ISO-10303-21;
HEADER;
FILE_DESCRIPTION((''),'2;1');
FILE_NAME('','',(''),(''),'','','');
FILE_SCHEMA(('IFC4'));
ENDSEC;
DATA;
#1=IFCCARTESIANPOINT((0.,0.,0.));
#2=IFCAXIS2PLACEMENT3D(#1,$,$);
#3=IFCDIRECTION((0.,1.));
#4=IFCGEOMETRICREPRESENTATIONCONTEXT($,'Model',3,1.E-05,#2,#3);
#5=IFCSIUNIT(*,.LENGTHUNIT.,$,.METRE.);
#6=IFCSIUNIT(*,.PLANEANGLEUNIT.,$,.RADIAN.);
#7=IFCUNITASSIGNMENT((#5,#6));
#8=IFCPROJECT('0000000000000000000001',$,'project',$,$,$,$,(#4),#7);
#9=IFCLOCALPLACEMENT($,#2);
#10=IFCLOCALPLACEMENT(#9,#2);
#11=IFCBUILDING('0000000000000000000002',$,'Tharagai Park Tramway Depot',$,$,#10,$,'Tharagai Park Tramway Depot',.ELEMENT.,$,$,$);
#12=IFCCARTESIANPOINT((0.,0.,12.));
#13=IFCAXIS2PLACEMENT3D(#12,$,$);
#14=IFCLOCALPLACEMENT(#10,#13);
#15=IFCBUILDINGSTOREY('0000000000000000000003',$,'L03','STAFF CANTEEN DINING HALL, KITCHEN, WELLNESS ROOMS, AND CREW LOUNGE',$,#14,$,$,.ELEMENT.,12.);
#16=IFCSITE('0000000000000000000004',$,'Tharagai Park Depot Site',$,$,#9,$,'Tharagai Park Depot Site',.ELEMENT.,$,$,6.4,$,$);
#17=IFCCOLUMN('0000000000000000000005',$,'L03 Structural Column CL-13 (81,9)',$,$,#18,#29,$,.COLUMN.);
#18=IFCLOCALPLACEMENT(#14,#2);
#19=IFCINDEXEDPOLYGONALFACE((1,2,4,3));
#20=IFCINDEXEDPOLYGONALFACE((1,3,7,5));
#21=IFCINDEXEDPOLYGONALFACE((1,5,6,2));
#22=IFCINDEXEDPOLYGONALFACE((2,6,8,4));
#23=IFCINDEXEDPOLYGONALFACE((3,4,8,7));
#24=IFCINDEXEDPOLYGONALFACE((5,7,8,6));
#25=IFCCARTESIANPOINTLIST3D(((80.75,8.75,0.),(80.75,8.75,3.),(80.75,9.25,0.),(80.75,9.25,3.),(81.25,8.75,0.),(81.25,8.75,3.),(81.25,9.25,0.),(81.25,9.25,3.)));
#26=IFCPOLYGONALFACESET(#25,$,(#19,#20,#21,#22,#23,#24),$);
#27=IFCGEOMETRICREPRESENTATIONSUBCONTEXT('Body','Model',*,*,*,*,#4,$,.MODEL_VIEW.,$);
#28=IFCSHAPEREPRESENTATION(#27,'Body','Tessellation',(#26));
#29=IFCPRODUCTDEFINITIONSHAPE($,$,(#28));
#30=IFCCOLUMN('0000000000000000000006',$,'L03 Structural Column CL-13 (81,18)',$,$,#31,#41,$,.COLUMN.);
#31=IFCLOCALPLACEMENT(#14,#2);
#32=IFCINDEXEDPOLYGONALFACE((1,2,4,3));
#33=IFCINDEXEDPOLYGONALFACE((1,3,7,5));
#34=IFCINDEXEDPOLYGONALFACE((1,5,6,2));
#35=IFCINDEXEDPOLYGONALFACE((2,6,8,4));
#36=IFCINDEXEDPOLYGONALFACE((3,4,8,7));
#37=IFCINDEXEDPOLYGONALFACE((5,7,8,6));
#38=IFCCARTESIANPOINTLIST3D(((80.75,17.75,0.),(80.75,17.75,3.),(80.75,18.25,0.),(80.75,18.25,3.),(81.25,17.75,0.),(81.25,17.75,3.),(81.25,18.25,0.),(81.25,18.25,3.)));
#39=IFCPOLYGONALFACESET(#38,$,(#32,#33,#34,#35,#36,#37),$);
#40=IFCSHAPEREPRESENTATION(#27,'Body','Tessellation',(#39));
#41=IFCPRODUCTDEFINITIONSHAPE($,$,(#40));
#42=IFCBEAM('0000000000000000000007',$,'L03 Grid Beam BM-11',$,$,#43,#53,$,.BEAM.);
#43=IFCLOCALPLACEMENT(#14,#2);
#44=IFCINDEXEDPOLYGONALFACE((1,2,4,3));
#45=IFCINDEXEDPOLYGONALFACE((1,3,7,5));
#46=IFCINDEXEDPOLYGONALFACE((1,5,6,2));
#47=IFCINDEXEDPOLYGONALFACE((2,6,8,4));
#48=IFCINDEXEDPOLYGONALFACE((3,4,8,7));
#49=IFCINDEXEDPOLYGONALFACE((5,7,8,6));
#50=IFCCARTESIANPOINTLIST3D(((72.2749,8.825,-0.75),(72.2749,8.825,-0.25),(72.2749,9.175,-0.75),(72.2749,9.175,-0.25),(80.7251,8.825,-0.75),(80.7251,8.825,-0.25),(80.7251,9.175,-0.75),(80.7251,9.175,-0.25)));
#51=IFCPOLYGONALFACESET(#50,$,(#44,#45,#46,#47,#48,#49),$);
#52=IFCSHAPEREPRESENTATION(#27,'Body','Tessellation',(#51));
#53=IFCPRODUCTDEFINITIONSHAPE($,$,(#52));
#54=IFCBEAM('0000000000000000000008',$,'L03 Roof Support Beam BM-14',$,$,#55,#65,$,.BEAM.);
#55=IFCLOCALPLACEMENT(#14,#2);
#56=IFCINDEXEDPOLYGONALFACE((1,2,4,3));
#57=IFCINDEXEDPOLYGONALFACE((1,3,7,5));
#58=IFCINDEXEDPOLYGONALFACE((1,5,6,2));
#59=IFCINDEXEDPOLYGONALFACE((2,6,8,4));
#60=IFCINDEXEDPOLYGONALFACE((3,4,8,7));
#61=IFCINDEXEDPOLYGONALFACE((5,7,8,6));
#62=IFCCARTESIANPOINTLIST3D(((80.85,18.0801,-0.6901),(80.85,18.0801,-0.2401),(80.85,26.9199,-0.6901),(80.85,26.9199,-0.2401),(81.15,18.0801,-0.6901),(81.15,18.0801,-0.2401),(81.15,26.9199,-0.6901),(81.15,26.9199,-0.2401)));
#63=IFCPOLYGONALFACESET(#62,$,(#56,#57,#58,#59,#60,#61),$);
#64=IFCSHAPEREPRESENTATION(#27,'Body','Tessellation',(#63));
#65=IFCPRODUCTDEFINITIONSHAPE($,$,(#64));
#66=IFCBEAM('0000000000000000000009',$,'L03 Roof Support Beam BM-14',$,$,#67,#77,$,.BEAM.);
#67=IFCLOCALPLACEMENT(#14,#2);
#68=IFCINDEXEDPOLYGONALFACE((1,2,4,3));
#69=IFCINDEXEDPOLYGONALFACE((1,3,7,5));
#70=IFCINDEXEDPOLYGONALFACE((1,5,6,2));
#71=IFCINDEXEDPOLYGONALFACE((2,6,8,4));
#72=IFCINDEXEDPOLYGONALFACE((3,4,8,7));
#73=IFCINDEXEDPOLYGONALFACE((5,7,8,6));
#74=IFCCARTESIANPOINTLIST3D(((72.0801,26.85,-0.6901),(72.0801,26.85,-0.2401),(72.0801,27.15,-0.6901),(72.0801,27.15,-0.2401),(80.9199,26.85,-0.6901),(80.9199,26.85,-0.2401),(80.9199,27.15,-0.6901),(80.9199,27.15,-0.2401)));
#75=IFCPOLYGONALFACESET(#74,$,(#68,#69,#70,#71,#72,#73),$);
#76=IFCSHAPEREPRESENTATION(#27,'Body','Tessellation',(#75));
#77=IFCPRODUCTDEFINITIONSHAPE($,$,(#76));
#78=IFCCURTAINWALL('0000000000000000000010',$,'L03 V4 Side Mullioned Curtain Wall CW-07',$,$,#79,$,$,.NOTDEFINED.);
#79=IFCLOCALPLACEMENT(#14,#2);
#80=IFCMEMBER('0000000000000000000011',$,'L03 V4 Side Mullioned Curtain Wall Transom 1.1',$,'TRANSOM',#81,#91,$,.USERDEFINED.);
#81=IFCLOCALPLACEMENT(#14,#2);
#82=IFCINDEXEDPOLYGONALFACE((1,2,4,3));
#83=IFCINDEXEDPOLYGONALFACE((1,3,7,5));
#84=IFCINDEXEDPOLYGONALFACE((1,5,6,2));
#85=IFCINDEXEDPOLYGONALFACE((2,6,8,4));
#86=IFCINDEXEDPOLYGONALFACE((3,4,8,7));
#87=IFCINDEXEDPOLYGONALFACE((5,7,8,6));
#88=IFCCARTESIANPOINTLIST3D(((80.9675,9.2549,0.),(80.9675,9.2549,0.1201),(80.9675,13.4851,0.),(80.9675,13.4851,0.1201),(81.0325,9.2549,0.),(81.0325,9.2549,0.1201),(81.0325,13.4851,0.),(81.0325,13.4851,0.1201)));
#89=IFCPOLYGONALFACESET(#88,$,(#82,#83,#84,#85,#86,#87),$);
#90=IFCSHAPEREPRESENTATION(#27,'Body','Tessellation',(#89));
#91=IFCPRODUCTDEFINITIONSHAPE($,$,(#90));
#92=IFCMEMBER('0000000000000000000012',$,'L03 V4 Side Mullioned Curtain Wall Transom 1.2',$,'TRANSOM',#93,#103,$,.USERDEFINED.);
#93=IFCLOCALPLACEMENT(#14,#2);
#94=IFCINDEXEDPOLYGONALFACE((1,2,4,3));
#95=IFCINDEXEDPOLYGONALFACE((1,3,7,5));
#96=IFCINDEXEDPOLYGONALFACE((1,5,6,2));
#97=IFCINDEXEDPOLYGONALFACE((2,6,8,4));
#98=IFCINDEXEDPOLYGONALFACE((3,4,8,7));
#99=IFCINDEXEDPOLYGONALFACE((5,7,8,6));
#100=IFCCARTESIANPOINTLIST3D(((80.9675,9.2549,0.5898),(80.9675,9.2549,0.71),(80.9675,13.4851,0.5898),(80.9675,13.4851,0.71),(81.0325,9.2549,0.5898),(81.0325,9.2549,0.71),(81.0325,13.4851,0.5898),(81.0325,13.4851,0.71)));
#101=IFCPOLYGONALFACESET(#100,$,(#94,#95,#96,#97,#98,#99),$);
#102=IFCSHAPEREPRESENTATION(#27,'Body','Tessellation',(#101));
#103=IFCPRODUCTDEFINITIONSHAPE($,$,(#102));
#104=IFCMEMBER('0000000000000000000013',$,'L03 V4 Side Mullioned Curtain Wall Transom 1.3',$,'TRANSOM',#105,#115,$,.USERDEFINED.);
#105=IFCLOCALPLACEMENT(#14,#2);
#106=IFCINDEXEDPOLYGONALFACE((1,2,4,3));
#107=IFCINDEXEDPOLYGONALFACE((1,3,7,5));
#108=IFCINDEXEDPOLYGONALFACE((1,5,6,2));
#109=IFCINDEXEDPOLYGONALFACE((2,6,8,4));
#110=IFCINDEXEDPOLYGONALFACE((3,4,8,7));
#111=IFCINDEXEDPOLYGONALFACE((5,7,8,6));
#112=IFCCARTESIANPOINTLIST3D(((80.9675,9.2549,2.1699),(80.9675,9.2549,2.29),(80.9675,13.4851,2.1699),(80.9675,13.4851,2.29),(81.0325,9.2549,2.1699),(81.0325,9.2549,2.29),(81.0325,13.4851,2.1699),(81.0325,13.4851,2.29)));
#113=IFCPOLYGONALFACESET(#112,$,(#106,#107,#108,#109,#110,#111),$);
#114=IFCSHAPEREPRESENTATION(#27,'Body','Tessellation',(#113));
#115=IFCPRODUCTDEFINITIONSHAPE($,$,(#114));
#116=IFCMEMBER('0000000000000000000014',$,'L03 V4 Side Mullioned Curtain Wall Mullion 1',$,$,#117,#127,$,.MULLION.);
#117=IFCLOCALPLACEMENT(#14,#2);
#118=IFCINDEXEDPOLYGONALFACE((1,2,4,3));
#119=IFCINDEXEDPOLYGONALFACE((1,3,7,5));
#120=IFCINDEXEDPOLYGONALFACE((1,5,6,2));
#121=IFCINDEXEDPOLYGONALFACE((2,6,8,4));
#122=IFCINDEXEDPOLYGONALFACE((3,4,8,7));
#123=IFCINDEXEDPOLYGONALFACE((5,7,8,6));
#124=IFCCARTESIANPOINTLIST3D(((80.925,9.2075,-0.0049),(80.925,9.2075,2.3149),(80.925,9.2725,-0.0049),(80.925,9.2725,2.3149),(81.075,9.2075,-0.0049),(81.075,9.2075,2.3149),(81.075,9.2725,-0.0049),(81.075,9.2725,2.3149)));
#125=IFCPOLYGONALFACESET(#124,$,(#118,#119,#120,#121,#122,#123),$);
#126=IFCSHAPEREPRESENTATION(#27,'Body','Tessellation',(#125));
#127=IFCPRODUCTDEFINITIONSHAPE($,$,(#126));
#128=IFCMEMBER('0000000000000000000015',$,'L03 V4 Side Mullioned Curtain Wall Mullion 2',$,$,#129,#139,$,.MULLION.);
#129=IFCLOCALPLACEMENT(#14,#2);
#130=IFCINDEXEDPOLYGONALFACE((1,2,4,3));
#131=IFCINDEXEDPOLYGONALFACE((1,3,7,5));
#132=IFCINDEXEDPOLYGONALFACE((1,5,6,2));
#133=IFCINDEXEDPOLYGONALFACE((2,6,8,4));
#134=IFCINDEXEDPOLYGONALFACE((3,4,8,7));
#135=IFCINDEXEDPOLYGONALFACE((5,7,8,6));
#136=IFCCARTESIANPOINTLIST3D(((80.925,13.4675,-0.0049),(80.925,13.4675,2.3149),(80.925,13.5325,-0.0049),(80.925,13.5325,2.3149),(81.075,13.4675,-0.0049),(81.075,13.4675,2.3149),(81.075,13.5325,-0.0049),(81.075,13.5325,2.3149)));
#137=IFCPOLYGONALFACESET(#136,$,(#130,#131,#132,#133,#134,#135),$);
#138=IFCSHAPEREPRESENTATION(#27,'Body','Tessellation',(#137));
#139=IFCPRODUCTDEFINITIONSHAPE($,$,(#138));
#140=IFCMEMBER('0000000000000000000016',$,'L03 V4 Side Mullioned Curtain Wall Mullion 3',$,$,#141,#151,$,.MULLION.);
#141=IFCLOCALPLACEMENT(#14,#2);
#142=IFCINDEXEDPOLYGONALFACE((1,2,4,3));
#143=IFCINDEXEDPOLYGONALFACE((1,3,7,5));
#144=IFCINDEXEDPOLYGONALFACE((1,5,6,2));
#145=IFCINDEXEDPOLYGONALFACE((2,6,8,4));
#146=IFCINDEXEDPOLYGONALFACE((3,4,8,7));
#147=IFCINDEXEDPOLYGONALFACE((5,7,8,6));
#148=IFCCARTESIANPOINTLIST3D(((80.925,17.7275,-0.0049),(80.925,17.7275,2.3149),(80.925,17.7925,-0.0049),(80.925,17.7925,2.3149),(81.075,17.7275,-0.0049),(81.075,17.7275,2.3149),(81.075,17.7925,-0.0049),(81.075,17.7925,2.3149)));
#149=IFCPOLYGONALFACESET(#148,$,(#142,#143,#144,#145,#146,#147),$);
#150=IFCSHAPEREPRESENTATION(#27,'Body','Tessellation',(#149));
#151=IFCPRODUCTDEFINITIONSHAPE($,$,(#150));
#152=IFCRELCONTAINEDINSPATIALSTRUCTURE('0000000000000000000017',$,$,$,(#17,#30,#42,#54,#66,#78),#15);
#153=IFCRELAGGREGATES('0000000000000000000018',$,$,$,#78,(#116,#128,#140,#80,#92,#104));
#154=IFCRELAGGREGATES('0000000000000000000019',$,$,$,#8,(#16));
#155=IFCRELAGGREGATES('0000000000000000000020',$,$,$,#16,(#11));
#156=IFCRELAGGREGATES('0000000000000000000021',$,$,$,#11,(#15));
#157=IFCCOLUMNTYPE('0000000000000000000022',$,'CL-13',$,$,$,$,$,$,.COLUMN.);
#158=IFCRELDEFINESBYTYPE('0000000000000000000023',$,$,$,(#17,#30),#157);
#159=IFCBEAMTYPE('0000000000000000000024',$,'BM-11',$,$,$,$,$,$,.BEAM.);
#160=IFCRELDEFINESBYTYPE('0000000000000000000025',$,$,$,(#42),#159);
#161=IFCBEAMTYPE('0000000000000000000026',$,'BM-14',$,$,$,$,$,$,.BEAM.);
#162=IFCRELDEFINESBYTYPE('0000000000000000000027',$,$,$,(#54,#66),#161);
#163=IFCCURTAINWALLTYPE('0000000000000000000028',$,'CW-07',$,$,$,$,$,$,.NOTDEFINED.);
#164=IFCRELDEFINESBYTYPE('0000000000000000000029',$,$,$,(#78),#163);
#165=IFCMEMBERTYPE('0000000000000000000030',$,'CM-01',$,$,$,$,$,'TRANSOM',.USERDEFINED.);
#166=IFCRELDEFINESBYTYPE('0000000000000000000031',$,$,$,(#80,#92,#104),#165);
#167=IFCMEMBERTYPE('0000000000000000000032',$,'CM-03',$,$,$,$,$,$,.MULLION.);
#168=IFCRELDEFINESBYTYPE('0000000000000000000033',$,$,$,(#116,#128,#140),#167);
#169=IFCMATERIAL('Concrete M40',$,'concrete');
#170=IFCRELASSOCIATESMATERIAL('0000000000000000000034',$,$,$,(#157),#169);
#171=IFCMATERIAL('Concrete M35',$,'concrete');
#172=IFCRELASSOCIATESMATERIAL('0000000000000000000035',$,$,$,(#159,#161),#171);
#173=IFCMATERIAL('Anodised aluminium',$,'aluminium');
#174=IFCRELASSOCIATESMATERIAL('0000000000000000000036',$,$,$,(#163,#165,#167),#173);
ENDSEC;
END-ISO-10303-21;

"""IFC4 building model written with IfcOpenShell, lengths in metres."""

from ifc_helpers import new_model, si_unit, direction, frame, origin, origin_2d, place, context, subcontext, project, spatial, rectangle, extrude, material, material_profile, profile_set, type_object, element, aggregate, save


model = new_model("IFC4")

# Units and contexts
model_context = context("Model", 3, precision=1e-05, world=origin(), true_north=direction((0.0, 1.0)))
body_context = subcontext(model_context, "Body", "Model", "MODEL_VIEW")
ifc_project = project(units=[si_unit("LENGTHUNIT", "METRE"), si_unit("PLANEANGLEUNIT", "RADIAN")], contexts=[model_context])

# Site, building, storey
site_placement = place(None, origin())
site = spatial("IfcSite", under=ifc_project, at=site_placement, Name="Tharagai Park Depot Site", LongName="Tharagai Park Depot Site", CompositionType="ELEMENT", RefElevation=6.4)
building_placement = place(site_placement, origin())
building = spatial("IfcBuilding", under=site, at=building_placement, Name="Tharagai Park Tramway Depot", LongName="Tharagai Park Tramway Depot", CompositionType="ELEMENT")
storey_placement = place(building_placement, frame((0.0, 0.0, 12.0)))
storey = spatial("IfcBuildingStorey", under=building, at=storey_placement, Name="L03", Description="STAFF CANTEEN DINING HALL, KITCHEN, WELLNESS ROOMS, AND CREW LOUNGE", CompositionType="ELEMENT", Elevation=12.0)

# Columns
ifc_material_1 = material(Name="Concrete M40", Category="concrete")
ifc_material_profile_1 = material_profile(ifc_material_1, rectangle(XDim=0.5, YDim=0.5, at=origin_2d()), Name="RC 500x500")
ifc_profile_set_1 = profile_set([ifc_material_profile_1], Name="Concrete M40")
column_type = type_object("IfcColumnType", Name="CL-13", PredefinedType="COLUMN", material=ifc_profile_set_1)
for number, where, z_axis, x_axis, name in (
    (1, (81.0, 9.0, 0.0), (0.0, 0.0, 1.0), (1.0, 0.0, 0.0), "L03 Structural Column CL-13 (81,9)"),
    (2, (81.0, 18.0, 0.0), (0.0, 0.0, 1.0), (1.0, 0.0, 0.0), "L03 Structural Column CL-13 (81,18)"),
):
    element("IfcColumn", number, at=place(storey_placement, frame(where, z_axis=z_axis, x_axis=x_axis)), inside=storey, type_object=column_type, Name=name, PredefinedType="COLUMN", context=body_context, shape_type="SweptSolid", body=[
        extrude(rectangle(XDim=0.5, YDim=0.5, at=origin_2d()), origin(), (0.0, 0.0, 1.0), 3.0),
    ])

# Beams
ifc_material_2 = material(Name="Concrete M35", Category="concrete")
ifc_material_profile_2 = material_profile(ifc_material_2, rectangle(XDim=0.3501, YDim=0.5, at=origin_2d()), Name="RC 350x500")
ifc_profile_set_2 = profile_set([ifc_material_profile_2], Name="Concrete M35")
beam_type_1 = type_object("IfcBeamType", Name="BM-11", PredefinedType="BEAM", material=ifc_profile_set_2)
beam_1_placement = place(storey_placement, frame((72.2749, 9.0, -0.5), z_axis=(1.0, 0.0, 0.0), x_axis=(0.0, 1.0, 0.0)))
element("IfcBeam", 3, at=beam_1_placement, inside=storey, type_object=beam_type_1, Name="L03 Grid Beam BM-11", PredefinedType="BEAM", context=body_context, shape_type="SweptSolid", body=[
    extrude(rectangle(XDim=0.3501, YDim=0.5, at=origin_2d()), origin(), (0.0, 0.0, 1.0), 8.4502),
])
ifc_material_profile_3 = material_profile(ifc_material_2, rectangle(XDim=0.3, YDim=0.45, at=origin_2d()), Name="RC 300x450")
ifc_profile_set_3 = profile_set([ifc_material_profile_3], Name="Concrete M35")
beam_type_2 = type_object("IfcBeamType", Name="BM-14", PredefinedType="BEAM", material=ifc_profile_set_3)
for number, where, z_axis, x_axis, name in (
    (4, (81.0, 18.0801, -0.4651), (0.0, 1.0, 0.0), (-1.0, 0.0, 0.0), "L03 Roof Support Beam BM-14"),
    (5, (72.0801, 27.0, -0.4651), (1.0, 0.0, 0.0), (0.0, 1.0, 0.0), "L03 Roof Support Beam BM-14"),
):
    element("IfcBeam", number, at=place(storey_placement, frame(where, z_axis=z_axis, x_axis=x_axis)), inside=storey, type_object=beam_type_2, Name=name, PredefinedType="BEAM", context=body_context, shape_type="SweptSolid", body=[
        extrude(rectangle(XDim=0.3, YDim=0.45, at=origin_2d()), origin(), (0.0, 0.0, 1.0), 8.8398),
    ])

# Curtain wall, members
ifc_material_3 = material(Name="Anodised aluminium", Category="aluminium")
curtain_wall_type = type_object("IfcCurtainWallType", Name="CW-07", PredefinedType="NOTDEFINED", material=ifc_material_3)
curtain_wall_placement = place(storey_placement, origin())
curtain_wall = element("IfcCurtainWall", 6, at=curtain_wall_placement, inside=storey, type_object=curtain_wall_type, Name="L03 V4 Side Mullioned Curtain Wall CW-07", PredefinedType="NOTDEFINED")
ifc_material_profile_4 = material_profile(ifc_material_3, rectangle(XDim=0.0649, YDim=0.1201, at=origin_2d()), Name="ALU 65x120")
ifc_profile_set_4 = profile_set([ifc_material_profile_4], Name="Anodised aluminium")
member_type_1 = type_object("IfcMemberType", Name="CM-01", ElementType="TRANSOM", PredefinedType="USERDEFINED", material=ifc_profile_set_4)
member_1_placement = place(storey_placement, frame((81.0, 9.2549, 0.0601), z_axis=(0.0, 1.0, 0.0), x_axis=(-1.0, 0.0, 0.0)))
member_1 = element("IfcMember", 7, at=member_1_placement, type_object=member_type_1, Name="L03 V4 Side Mullioned Curtain Wall Transom 1.1", ObjectType="TRANSOM", PredefinedType="USERDEFINED", context=body_context, shape_type="SweptSolid", body=[
    extrude(rectangle(XDim=0.0649, YDim=0.1201, at=origin_2d()), origin(), (0.0, 0.0, 1.0), 4.2302),
])
member_2_placement = place(storey_placement, frame((81.0, 9.2549, 0.6499), z_axis=(0.0, 1.0, 0.0), x_axis=(-1.0, 0.0, 0.0)))
member_2 = element("IfcMember", 8, at=member_2_placement, type_object=member_type_1, Name="L03 V4 Side Mullioned Curtain Wall Transom 1.2", ObjectType="TRANSOM", PredefinedType="USERDEFINED", context=body_context, shape_type="SweptSolid", body=[
    extrude(rectangle(XDim=0.0649, YDim=0.1201, at=origin_2d()), origin(), (0.0, 0.0, 1.0), 4.2302),
])
member_3_placement = place(storey_placement, frame((81.0, 9.2549, 2.23), z_axis=(0.0, 1.0, 0.0), x_axis=(-1.0, 0.0, 0.0)))
member_3 = element("IfcMember", 9, at=member_3_placement, type_object=member_type_1, Name="L03 V4 Side Mullioned Curtain Wall Transom 1.3", ObjectType="TRANSOM", PredefinedType="USERDEFINED", context=body_context, shape_type="SweptSolid", body=[
    extrude(rectangle(XDim=0.0649, YDim=0.1201, at=origin_2d()), origin(), (0.0, 0.0, 1.0), 4.2302),
])
ifc_material_profile_5 = material_profile(ifc_material_3, rectangle(XDim=0.0649, YDim=0.1499, at=origin_2d()), Name="ALU 65x150")
ifc_profile_set_5 = profile_set([ifc_material_profile_5], Name="Anodised aluminium")
member_type_2 = type_object("IfcMemberType", Name="CM-03", PredefinedType="MULLION", material=ifc_profile_set_5)
member_4_placement = place(storey_placement, frame((81.0, 9.24, -0.0049), z_axis=(0.0, 0.0, 1.0), x_axis=(0.0, 1.0, 0.0)))
member_4 = element("IfcMember", 10, at=member_4_placement, type_object=member_type_2, Name="L03 V4 Side Mullioned Curtain Wall Mullion 1", PredefinedType="MULLION", context=body_context, shape_type="SweptSolid", body=[
    extrude(rectangle(XDim=0.0649, YDim=0.1499, at=origin_2d()), origin(), (0.0, 0.0, 1.0), 2.3198),
])
member_5_placement = place(storey_placement, frame((81.0, 13.5, -0.0049), z_axis=(0.0, 0.0, 1.0), x_axis=(0.0, 1.0, 0.0)))
member_5 = element("IfcMember", 11, at=member_5_placement, type_object=member_type_2, Name="L03 V4 Side Mullioned Curtain Wall Mullion 2", PredefinedType="MULLION", context=body_context, shape_type="SweptSolid", body=[
    extrude(rectangle(XDim=0.0649, YDim=0.1499, at=origin_2d()), origin(), (0.0, 0.0, 1.0), 2.3198),
])
member_6_placement = place(storey_placement, frame((81.0, 17.76, -0.0049), z_axis=(0.0, 0.0, 1.0), x_axis=(0.0, 1.0, 0.0)))
member_6 = element("IfcMember", 12, at=member_6_placement, type_object=member_type_2, Name="L03 V4 Side Mullioned Curtain Wall Mullion 3", PredefinedType="MULLION", context=body_context, shape_type="SweptSolid", body=[
    extrude(rectangle(XDim=0.0649, YDim=0.1499, at=origin_2d()), origin(), (0.0, 0.0, 1.0), 2.3198),
])

aggregate(curtain_wall, [member_4, member_5, member_6, member_1, member_2, member_3])

save(model, "model.ifc")
